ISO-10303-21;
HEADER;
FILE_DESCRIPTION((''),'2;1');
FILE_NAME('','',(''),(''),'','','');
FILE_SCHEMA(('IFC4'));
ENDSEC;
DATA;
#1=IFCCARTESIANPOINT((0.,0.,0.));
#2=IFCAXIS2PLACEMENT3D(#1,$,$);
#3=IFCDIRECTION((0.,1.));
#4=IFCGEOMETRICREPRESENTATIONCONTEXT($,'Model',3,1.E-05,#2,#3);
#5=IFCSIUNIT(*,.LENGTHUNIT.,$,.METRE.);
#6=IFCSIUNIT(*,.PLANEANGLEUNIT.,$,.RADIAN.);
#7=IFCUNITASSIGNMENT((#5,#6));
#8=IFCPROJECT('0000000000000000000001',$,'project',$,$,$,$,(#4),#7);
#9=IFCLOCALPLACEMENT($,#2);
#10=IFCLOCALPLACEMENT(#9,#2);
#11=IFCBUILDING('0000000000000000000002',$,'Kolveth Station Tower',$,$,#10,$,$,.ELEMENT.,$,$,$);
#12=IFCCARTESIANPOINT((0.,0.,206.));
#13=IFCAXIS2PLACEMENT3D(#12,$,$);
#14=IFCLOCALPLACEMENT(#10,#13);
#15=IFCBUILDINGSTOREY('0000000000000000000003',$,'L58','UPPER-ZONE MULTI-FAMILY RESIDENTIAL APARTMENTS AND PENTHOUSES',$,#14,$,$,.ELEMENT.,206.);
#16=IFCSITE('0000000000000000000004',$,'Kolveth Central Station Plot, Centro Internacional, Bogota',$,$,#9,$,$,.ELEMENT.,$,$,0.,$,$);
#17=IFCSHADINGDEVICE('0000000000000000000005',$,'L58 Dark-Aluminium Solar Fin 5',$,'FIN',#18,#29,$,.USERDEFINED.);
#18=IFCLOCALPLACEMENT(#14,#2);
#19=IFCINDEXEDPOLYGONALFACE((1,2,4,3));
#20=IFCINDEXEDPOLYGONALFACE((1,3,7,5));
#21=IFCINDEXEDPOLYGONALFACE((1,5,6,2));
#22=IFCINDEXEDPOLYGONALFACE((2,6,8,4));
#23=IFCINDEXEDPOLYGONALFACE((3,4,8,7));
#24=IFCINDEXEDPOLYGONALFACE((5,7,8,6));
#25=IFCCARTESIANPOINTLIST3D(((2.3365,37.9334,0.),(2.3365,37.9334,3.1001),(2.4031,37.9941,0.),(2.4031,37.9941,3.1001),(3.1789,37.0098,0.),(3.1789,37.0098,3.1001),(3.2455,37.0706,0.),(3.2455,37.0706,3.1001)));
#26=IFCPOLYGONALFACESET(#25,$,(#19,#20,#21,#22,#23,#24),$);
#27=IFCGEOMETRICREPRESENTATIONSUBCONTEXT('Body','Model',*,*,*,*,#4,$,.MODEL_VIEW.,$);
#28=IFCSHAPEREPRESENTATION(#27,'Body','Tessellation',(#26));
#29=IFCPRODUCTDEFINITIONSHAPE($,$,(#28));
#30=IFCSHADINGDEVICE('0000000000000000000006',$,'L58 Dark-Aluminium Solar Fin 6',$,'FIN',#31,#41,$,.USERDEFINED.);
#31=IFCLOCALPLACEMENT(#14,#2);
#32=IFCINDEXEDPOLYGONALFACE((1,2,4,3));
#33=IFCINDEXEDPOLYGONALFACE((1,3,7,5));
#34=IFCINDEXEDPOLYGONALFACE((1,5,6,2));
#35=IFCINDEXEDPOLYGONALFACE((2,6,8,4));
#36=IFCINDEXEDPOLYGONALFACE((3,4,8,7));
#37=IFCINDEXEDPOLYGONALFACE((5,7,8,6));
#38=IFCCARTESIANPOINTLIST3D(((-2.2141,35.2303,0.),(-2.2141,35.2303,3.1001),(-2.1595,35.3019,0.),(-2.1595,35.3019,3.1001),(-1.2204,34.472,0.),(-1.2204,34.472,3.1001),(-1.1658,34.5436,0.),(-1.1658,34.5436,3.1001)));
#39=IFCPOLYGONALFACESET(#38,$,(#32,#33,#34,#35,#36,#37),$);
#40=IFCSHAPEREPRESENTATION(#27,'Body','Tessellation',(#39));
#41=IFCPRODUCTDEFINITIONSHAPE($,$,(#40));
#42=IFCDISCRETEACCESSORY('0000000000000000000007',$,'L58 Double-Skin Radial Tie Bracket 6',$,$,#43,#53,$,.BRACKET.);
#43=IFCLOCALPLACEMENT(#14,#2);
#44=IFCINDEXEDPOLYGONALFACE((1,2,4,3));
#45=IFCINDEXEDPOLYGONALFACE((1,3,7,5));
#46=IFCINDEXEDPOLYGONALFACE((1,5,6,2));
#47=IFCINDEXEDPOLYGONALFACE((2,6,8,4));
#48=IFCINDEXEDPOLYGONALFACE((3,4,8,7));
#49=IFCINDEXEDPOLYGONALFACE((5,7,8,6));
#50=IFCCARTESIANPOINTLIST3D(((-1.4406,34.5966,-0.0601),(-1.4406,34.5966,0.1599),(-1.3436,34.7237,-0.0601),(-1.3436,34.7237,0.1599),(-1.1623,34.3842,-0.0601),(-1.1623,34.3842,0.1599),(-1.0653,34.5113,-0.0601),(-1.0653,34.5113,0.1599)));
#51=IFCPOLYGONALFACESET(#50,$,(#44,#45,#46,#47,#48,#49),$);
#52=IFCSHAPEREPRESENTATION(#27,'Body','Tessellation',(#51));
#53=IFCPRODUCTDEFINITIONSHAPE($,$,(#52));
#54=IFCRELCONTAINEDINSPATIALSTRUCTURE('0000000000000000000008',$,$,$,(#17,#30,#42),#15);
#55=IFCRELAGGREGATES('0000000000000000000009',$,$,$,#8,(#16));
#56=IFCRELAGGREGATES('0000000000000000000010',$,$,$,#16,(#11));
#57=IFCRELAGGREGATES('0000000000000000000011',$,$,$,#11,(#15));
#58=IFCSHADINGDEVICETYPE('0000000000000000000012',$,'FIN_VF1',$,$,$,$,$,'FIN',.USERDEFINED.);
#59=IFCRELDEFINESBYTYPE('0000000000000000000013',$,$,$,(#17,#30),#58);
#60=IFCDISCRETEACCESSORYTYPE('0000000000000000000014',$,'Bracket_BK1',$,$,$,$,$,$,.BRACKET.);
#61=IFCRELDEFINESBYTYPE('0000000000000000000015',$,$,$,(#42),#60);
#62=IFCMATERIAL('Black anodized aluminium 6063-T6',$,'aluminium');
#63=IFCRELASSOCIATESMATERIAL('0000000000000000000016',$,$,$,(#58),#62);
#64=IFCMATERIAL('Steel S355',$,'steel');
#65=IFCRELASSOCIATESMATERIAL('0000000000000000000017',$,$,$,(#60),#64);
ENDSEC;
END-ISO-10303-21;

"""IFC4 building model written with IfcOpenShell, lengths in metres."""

from ifc_helpers import new_model, si_unit, direction, frame, origin, origin_2d, place, context, subcontext, project, spatial, rectangle, extrude, source, transform, mapped, material, type_object, element, save


model = new_model("IFC4")

# Units and contexts
model_context = context("Model", 3, precision=1e-05, world=origin(), true_north=direction((0.0, 1.0)))
body_context = subcontext(model_context, "Body", "Model", "MODEL_VIEW")
ifc_project = project(units=[si_unit("LENGTHUNIT", "METRE"), si_unit("PLANEANGLEUNIT", "RADIAN")], contexts=[model_context])

# Site, building, storey
site_placement = place(None, origin())
site = spatial("IfcSite", under=ifc_project, at=site_placement, Name="Kolveth Central Station Plot, Centro Internacional, Bogota", CompositionType="ELEMENT", RefElevation=0.0)
building_placement = place(site_placement, origin())
building = spatial("IfcBuilding", under=site, at=building_placement, Name="Kolveth Station Tower", CompositionType="ELEMENT")
storey_placement = place(building_placement, frame((0.0, 0.0, 206.0)))
storey = spatial("IfcBuildingStorey", under=building, at=storey_placement, Name="L58", Description="UPPER-ZONE MULTI-FAMILY RESIDENTIAL APARTMENTS AND PENTHOUSES", CompositionType="ELEMENT", Elevation=206.0)

# Shared definitions
ifc_material_1 = material(Name="Black anodized aluminium 6063-T6", Category="aluminium")

# Shading devices
shading_device_type = type_object("IfcShadingDeviceType", Name="FIN_VF1", ElementType="FIN", PredefinedType="USERDEFINED", material=ifc_material_1)
shared_shape_1 = source(origin(), body_context, "Body", "SweptSolid", [
    extrude(rectangle(XDim=1.25, YDim=0.0901, at=origin_2d()), origin(), (0.0, 0.0, 1.0), 3.1001),
])
for number, where, z_axis, x_axis, name in (
    (1, (2.791, 37.502, 0.0), (0.0, 0.0, 1.0), (-0.673916, 0.738808, 0.0), "L58 Dark-Aluminium Solar Fin 5"),
    (2, (-1.6899, 34.887, 0.0), (0.0, 0.0, 1.0), (-0.794944, 0.606682, 0.0), "L58 Dark-Aluminium Solar Fin 6"),
):
    element("IfcShadingDevice", number, at=place(storey_placement, frame(where, z_axis=z_axis, x_axis=x_axis)), inside=storey, type_object=shading_device_type, Name=name, ObjectType="FIN", PredefinedType="USERDEFINED", context=body_context, shape_type="MappedRepresentation", body=[
        mapped(shared_shape_1, transform((0.0, 0.0, 0.0), x_axis=(1.0, 0.0, 0.0), y_axis=(0.0, 1.0, 0.0), z_axis=(0.0, 0.0, 1.0), scale=1.0)),
    ])

# Discrete accessory
ifc_material_2 = material(Name="Steel S355", Category="steel")
discrete_accessory_type = type_object("IfcDiscreteAccessoryType", Name="Bracket_BK1", PredefinedType="BRACKET", material=ifc_material_2)
shared_shape_2 = source(origin(), body_context, "Body", "SweptSolid", [
    extrude(rectangle(XDim=0.3501, YDim=0.1599, at=origin_2d()), origin(), (0.0, 0.0, 1.0), 0.22),
])
discrete_accessory_placement = place(storey_placement, frame((-1.2529, 34.554, -0.0601), z_axis=(0.0, 0.0, 1.0), x_axis=(-0.794944, 0.606682, 0.0)))
element("IfcDiscreteAccessory", 3, at=discrete_accessory_placement, inside=storey, type_object=discrete_accessory_type, Name="L58 Double-Skin Radial Tie Bracket 6", PredefinedType="BRACKET", context=body_context, shape_type="MappedRepresentation", body=[
    mapped(shared_shape_2, transform((0.0, 0.0, 0.0), x_axis=(1.0, 0.0, 0.0), y_axis=(0.0, 1.0, 0.0), z_axis=(0.0, 0.0, 1.0), scale=1.0)),
])

save(model, "model.ifc")
